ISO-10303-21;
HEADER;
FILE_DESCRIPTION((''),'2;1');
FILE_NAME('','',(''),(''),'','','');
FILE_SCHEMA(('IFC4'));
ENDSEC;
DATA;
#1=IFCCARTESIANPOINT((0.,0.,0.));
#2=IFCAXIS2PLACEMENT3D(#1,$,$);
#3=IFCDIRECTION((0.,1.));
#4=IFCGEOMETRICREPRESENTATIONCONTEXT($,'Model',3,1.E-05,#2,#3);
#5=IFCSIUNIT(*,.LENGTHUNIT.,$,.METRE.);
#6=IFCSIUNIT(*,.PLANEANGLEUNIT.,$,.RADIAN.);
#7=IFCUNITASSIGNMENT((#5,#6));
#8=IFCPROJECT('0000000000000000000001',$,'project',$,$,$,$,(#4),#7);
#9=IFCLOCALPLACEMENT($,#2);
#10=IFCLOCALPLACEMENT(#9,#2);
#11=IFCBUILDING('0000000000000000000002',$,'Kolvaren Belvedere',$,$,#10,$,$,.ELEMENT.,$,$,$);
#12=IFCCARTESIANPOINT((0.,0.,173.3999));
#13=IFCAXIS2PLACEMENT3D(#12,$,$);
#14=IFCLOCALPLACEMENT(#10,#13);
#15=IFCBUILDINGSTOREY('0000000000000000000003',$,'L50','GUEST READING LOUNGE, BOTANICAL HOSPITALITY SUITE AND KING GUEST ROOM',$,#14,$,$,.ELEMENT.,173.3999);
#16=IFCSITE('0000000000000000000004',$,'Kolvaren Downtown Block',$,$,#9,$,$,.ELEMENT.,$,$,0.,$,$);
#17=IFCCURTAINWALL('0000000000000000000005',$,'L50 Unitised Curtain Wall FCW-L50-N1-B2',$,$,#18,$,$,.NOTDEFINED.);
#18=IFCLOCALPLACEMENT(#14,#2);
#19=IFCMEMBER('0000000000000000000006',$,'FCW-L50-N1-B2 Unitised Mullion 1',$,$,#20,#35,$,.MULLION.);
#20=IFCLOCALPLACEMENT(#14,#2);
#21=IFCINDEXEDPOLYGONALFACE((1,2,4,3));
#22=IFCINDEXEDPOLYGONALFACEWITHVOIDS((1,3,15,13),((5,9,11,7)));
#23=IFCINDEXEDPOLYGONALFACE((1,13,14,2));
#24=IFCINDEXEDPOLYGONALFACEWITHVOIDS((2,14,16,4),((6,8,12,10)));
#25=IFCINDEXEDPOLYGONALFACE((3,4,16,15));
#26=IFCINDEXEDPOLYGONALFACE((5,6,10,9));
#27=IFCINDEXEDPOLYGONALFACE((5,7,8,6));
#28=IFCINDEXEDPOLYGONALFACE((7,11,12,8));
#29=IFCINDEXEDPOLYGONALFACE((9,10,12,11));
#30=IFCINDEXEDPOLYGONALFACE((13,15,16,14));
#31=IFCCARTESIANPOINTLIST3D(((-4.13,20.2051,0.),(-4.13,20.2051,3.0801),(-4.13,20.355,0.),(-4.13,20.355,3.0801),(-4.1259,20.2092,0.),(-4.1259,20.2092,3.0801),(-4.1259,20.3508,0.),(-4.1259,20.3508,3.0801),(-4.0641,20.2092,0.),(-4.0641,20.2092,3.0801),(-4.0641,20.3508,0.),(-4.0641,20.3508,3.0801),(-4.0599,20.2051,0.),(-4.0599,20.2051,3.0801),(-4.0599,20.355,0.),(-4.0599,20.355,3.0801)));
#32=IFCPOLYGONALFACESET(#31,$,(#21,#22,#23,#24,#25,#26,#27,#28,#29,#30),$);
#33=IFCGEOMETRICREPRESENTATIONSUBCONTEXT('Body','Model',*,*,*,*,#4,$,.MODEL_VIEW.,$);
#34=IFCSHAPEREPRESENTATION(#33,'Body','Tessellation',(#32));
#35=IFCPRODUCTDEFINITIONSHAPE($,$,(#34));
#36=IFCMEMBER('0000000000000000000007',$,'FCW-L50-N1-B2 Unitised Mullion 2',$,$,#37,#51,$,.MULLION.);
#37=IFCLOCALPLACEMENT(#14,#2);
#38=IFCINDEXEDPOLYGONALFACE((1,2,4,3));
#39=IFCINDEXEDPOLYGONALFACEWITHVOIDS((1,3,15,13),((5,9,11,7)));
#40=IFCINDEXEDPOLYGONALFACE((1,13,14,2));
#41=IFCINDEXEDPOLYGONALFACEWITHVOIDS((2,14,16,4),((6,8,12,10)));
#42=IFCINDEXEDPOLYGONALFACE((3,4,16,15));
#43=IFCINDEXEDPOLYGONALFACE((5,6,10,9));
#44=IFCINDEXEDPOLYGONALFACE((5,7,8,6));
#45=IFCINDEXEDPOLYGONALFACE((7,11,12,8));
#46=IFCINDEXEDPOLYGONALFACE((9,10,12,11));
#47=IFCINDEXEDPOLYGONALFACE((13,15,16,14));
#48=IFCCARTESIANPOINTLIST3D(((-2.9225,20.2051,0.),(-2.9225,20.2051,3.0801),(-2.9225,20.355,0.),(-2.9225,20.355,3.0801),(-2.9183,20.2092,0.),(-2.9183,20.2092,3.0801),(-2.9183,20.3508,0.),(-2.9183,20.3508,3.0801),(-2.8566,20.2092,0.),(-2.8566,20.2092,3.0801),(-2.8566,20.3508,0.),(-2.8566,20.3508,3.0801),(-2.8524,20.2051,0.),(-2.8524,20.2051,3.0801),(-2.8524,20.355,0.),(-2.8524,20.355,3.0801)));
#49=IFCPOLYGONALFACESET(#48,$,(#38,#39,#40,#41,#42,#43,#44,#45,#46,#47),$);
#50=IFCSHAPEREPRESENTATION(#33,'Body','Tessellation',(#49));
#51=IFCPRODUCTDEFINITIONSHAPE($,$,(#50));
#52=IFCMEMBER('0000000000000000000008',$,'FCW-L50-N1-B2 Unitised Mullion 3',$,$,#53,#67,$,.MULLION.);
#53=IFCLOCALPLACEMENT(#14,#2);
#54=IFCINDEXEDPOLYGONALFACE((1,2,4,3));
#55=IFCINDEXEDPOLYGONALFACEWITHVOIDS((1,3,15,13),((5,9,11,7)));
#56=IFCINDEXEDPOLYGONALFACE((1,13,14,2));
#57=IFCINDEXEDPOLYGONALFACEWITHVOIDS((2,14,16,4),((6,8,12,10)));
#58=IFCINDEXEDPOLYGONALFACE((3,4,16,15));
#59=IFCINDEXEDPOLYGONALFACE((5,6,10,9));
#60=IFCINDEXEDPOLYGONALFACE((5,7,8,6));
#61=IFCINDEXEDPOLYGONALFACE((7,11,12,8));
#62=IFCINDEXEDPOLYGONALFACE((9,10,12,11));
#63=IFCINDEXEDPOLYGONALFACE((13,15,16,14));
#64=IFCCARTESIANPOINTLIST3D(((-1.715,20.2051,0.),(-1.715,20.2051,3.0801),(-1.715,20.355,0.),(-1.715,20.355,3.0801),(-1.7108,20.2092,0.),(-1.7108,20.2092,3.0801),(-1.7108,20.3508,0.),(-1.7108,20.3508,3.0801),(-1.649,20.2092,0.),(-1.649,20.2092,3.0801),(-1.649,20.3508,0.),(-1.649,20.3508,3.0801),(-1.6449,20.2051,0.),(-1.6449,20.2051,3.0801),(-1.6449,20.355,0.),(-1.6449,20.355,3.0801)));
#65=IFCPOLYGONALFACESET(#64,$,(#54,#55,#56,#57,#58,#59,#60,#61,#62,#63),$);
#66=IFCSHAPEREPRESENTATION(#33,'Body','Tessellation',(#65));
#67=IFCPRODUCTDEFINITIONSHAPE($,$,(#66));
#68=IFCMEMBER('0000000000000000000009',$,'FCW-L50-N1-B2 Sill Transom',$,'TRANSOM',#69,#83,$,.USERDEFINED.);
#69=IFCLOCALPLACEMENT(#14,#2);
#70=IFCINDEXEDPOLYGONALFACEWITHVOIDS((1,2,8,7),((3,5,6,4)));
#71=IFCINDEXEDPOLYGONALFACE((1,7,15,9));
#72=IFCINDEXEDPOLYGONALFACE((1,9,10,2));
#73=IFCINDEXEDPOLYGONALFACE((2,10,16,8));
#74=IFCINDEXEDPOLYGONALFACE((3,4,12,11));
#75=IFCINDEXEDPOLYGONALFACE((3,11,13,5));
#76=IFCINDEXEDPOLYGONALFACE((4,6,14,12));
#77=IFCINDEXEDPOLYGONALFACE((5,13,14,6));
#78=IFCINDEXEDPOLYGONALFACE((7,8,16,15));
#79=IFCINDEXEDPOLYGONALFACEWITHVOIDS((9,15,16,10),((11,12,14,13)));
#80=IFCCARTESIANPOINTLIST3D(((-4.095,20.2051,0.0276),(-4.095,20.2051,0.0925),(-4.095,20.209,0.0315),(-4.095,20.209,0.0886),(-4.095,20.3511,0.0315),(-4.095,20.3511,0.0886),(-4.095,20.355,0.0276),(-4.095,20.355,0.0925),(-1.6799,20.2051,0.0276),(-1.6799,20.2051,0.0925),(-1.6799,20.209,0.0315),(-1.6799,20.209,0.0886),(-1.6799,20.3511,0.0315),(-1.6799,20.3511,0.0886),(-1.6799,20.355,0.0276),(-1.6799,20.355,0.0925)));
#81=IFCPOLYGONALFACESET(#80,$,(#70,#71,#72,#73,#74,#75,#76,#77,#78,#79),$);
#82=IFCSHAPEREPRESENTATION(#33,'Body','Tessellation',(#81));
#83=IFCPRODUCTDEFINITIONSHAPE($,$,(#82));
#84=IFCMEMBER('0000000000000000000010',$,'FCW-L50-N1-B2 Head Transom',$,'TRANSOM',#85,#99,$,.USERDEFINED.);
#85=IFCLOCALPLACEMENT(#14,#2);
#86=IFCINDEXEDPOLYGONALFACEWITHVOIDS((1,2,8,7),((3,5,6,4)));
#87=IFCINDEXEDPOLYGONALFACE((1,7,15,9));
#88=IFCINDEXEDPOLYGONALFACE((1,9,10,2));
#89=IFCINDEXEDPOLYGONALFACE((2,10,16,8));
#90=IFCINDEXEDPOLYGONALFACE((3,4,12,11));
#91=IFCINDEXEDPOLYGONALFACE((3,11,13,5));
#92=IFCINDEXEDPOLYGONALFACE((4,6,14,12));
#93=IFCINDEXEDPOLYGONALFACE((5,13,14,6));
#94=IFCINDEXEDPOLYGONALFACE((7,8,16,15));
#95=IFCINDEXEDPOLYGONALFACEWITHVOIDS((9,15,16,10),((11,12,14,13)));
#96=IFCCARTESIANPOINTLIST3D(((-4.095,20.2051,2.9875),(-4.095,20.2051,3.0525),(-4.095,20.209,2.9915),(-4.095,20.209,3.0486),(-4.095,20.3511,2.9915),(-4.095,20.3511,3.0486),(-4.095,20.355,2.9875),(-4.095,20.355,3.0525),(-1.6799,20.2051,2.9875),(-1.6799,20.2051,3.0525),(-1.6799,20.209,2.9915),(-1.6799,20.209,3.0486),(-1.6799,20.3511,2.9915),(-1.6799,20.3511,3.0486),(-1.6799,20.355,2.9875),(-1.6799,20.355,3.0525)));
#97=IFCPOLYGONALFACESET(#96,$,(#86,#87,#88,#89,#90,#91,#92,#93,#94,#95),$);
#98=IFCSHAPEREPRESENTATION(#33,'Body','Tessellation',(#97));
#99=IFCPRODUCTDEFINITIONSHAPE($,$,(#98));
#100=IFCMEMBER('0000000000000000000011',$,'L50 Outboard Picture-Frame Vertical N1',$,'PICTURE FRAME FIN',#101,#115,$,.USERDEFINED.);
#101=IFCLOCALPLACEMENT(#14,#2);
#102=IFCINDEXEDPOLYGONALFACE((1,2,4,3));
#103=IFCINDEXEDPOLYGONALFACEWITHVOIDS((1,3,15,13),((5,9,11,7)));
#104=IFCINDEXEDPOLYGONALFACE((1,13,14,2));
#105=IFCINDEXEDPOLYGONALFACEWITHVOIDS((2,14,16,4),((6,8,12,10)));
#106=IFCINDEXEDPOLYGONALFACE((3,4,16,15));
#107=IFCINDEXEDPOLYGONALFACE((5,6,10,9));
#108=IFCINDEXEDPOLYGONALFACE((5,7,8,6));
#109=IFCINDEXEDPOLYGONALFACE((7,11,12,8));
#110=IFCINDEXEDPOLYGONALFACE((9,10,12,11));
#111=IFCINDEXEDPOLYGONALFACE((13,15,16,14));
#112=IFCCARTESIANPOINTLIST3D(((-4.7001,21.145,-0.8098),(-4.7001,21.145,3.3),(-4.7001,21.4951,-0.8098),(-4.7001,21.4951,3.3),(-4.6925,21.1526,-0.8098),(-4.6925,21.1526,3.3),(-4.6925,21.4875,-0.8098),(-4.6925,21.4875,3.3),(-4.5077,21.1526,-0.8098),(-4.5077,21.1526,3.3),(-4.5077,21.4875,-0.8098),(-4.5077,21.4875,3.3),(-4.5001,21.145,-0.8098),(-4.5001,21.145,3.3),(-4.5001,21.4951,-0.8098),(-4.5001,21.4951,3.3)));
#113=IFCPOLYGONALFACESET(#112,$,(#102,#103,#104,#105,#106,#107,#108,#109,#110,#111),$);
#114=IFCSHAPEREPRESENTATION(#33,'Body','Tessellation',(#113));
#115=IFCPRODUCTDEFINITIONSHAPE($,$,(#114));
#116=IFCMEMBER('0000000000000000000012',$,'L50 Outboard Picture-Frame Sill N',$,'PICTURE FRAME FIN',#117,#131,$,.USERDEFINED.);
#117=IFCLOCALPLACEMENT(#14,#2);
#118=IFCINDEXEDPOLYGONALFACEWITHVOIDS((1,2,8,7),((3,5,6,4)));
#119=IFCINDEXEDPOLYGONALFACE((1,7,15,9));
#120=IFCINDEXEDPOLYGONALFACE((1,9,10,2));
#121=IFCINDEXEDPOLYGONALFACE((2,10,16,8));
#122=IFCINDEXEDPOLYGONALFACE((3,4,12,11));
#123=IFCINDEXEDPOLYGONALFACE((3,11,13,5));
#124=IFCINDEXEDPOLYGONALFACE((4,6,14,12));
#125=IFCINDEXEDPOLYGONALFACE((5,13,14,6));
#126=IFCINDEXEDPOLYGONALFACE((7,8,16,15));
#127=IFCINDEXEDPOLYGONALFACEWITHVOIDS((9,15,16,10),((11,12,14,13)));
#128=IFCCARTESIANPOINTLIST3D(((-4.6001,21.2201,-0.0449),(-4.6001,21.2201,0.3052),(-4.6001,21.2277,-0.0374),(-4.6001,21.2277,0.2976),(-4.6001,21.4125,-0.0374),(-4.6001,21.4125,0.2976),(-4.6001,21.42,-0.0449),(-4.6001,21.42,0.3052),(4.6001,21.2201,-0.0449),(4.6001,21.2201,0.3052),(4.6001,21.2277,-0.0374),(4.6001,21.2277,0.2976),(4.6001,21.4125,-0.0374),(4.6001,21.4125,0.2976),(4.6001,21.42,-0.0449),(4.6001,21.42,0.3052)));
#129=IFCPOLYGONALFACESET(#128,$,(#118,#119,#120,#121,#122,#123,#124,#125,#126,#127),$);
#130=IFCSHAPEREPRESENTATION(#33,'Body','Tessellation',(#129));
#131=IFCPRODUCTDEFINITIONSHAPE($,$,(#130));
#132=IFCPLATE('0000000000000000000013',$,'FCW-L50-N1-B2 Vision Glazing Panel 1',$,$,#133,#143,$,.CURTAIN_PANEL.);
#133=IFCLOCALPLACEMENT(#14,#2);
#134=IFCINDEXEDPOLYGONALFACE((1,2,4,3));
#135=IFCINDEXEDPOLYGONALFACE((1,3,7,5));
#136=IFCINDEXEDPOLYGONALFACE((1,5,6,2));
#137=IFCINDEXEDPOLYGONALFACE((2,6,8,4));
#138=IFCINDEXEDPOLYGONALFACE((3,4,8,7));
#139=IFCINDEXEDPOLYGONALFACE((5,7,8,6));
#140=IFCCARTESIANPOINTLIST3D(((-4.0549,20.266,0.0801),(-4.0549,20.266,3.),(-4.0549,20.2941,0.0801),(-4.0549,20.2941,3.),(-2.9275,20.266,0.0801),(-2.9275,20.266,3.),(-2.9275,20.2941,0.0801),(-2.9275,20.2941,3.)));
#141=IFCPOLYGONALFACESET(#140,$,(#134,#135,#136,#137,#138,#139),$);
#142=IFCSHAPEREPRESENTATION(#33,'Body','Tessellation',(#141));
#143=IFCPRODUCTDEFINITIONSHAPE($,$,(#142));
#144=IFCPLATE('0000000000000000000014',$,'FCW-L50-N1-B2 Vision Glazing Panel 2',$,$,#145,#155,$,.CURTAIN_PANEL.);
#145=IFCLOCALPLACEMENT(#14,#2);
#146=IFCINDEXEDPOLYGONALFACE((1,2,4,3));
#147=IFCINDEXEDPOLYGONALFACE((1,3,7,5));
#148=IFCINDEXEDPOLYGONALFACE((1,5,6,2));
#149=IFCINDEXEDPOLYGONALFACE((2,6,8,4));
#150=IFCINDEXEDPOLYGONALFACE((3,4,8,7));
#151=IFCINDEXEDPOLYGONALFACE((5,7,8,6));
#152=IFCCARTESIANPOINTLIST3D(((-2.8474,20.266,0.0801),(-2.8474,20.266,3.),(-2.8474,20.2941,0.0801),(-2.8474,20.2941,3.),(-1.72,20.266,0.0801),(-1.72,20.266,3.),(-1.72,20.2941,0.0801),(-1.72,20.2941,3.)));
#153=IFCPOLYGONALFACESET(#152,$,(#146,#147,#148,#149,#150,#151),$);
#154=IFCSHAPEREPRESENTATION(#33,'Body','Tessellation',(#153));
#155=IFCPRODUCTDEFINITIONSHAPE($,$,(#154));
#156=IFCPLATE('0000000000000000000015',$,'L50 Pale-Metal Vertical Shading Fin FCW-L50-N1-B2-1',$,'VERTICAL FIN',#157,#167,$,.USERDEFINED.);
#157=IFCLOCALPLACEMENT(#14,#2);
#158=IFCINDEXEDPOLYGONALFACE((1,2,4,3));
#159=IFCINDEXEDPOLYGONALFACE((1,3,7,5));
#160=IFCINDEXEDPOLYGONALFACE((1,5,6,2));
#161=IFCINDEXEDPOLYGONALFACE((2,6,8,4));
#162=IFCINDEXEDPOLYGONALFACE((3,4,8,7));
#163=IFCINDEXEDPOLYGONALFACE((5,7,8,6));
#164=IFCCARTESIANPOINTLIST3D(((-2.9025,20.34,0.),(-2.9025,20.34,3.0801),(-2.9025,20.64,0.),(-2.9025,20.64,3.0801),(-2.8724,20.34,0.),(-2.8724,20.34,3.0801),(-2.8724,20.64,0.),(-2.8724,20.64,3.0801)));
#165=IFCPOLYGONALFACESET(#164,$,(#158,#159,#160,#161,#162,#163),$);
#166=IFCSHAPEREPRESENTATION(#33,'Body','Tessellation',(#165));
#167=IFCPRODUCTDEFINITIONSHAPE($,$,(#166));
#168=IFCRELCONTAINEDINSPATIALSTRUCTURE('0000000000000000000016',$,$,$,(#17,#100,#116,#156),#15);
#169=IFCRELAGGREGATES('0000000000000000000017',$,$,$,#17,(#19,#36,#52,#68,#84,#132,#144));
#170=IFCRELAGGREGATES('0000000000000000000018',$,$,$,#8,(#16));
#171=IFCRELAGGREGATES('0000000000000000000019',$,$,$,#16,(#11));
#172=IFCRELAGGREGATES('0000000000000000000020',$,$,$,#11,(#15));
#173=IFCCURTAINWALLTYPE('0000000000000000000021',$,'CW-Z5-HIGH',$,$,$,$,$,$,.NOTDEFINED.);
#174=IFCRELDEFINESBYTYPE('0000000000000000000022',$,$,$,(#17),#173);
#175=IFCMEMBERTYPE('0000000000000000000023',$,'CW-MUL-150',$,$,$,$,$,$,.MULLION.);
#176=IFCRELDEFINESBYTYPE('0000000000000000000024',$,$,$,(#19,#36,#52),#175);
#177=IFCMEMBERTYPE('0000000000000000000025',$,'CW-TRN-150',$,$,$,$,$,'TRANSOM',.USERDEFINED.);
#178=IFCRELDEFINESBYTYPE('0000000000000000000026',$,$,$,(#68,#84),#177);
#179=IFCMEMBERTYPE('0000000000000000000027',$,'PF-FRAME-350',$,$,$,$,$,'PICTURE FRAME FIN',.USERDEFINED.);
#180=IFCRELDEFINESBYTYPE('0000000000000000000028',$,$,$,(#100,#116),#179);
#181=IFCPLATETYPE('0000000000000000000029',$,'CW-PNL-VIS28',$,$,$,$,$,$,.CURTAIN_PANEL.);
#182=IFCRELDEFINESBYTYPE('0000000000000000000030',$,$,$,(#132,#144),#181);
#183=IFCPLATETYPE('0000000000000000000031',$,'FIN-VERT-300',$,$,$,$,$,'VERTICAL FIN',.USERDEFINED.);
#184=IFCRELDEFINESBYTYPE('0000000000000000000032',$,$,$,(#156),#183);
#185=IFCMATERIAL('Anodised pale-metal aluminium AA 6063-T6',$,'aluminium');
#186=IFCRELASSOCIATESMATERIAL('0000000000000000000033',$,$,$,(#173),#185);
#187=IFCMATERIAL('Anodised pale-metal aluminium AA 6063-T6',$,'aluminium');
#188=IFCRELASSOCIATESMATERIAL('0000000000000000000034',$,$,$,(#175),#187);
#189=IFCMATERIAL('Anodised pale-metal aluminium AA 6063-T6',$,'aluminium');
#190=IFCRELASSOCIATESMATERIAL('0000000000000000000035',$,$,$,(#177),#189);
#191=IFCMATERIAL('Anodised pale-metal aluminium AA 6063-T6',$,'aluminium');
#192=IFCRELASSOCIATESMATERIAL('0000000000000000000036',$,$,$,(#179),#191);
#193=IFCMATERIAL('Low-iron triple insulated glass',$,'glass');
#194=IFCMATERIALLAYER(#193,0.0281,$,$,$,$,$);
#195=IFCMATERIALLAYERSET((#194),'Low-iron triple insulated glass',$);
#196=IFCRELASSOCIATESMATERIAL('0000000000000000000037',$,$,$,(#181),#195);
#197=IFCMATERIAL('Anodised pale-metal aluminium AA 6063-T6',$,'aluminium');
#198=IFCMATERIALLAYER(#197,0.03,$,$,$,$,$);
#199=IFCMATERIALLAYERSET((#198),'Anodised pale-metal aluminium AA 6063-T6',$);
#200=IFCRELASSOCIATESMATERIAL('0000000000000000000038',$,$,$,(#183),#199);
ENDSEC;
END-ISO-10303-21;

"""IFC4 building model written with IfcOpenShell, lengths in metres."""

from ifc_helpers import new_model, si_unit, direction, frame, origin, origin_2d, place, context, subcontext, project, spatial, rectangle, hollow_rectangle, extrude, material, layer, layer_set, material_profile, profile_set, type_object, element, aggregate, save


model = new_model("IFC4")

# Units and contexts
model_context = context("Model", 3, precision=1e-05, world=origin(), true_north=direction((0.0, 1.0)))
body_context = subcontext(model_context, "Body", "Model", "MODEL_VIEW")
ifc_project = project(units=[si_unit("LENGTHUNIT", "METRE"), si_unit("PLANEANGLEUNIT", "RADIAN")], contexts=[model_context])

# Site, building, storey
site_placement = place(None, origin())
site = spatial("IfcSite", under=ifc_project, at=site_placement, Name="Kolvaren Downtown Block", CompositionType="ELEMENT", RefElevation=0.0)
building_placement = place(site_placement, origin())
building = spatial("IfcBuilding", under=site, at=building_placement, Name="Kolvaren Belvedere", CompositionType="ELEMENT")
storey_placement = place(building_placement, frame((0.0, 0.0, 173.3999)))
storey = spatial("IfcBuildingStorey", under=building, at=storey_placement, Name="L50", Description="GUEST READING LOUNGE, BOTANICAL HOSPITALITY SUITE AND KING GUEST ROOM", CompositionType="ELEMENT", Elevation=173.3999)

# Shared definitions
ifc_material_1 = material(Name="Anodised pale-metal aluminium AA 6063-T6", Category="aluminium")
curtain_wall_type = type_object("IfcCurtainWallType", Name="CW-Z5-HIGH", PredefinedType="NOTDEFINED", material=ifc_material_1)
ifc_material_2 = material(Name="Anodised pale-metal aluminium AA 6063-T6", Category="aluminium")
ifc_material_profile_1 = material_profile(ifc_material_2, hollow_rectangle(XDim=0.0701, YDim=0.1499, WallThickness=0.0042, at=origin_2d()), Name="ALU-MUL-150X70")
ifc_profile_set_1 = profile_set([ifc_material_profile_1], Name="Anodised pale-metal aluminium AA 6063-T6")
member_type_1 = type_object("IfcMemberType", Name="CW-MUL-150", PredefinedType="MULLION", material=ifc_profile_set_1)

# Curtain wall, members
curtain_wall_1_placement = place(storey_placement, origin())
curtain_wall_1 = element("IfcCurtainWall", 1, at=curtain_wall_1_placement, inside=storey, type_object=curtain_wall_type, Name="L50 Unitised Curtain Wall FCW-L50-N1-B2", PredefinedType="NOTDEFINED")
member_1_placement = place(storey_placement, frame((-4.095, 20.28, 0.0), z_axis=(0.0, 0.0, 1.0), x_axis=(1.0, 0.0, 0.0)))
member_1 = element("IfcMember", 2, at=member_1_placement, type_object=member_type_1, Name="FCW-L50-N1-B2 Unitised Mullion 1", PredefinedType="MULLION", context=body_context, shape_type="SweptSolid", body=[
    extrude(hollow_rectangle(XDim=0.0701, YDim=0.1499, WallThickness=0.0042, at=origin_2d()), origin(), (0.0, 0.0, 1.0), 3.0801),
])
member_2_placement = place(storey_placement, frame((-2.8875, 20.28, 0.0), z_axis=(0.0, 0.0, 1.0), x_axis=(1.0, 0.0, 0.0)))
member_2 = element("IfcMember", 3, at=member_2_placement, type_object=member_type_1, Name="FCW-L50-N1-B2 Unitised Mullion 2", PredefinedType="MULLION", context=body_context, shape_type="SweptSolid", body=[
    extrude(hollow_rectangle(XDim=0.0701, YDim=0.1499, WallThickness=0.0042, at=origin_2d()), origin(), (0.0, 0.0, 1.0), 3.0801),
])
member_3_placement = place(storey_placement, frame((-1.6799, 20.28, 0.0), z_axis=(0.0, 0.0, 1.0), x_axis=(1.0, 0.0, 0.0)))
member_3 = element("IfcMember", 4, at=member_3_placement, type_object=member_type_1, Name="FCW-L50-N1-B2 Unitised Mullion 3", PredefinedType="MULLION", context=body_context, shape_type="SweptSolid", body=[
    extrude(hollow_rectangle(XDim=0.0701, YDim=0.1499, WallThickness=0.0042, at=origin_2d()), origin(), (0.0, 0.0, 1.0), 3.0801),
])
ifc_material_3 = material(Name="Anodised pale-metal aluminium AA 6063-T6", Category="aluminium")
ifc_material_profile_2 = material_profile(ifc_material_3, hollow_rectangle(XDim=0.0649, YDim=0.1499, WallThickness=0.0039, at=origin_2d()), Name="ALU-TRN-150X65")
ifc_profile_set_2 = profile_set([ifc_material_profile_2], Name="Anodised pale-metal aluminium AA 6063-T6")
member_type_2 = type_object("IfcMemberType", Name="CW-TRN-150", ElementType="TRANSOM", PredefinedType="USERDEFINED", material=ifc_profile_set_2)
member_4_placement = place(storey_placement, frame((-4.095, 20.28, 0.0601), z_axis=(1.0, 0.0, 0.0), x_axis=(0.0, 0.0, 1.0)))
member_4 = element("IfcMember", 5, at=member_4_placement, type_object=member_type_2, Name="FCW-L50-N1-B2 Sill Transom", ObjectType="TRANSOM", PredefinedType="USERDEFINED", context=body_context, shape_type="SweptSolid", body=[
    extrude(hollow_rectangle(XDim=0.0649, YDim=0.1499, WallThickness=0.0039, at=origin_2d()), origin(), (0.0, 0.0, 1.0), 2.415),
])
member_5_placement = place(storey_placement, frame((-4.095, 20.28, 3.02), z_axis=(1.0, 0.0, 0.0), x_axis=(0.0, 0.0, 1.0)))
member_5 = element("IfcMember", 6, at=member_5_placement, type_object=member_type_2, Name="FCW-L50-N1-B2 Head Transom", ObjectType="TRANSOM", PredefinedType="USERDEFINED", context=body_context, shape_type="SweptSolid", body=[
    extrude(hollow_rectangle(XDim=0.0649, YDim=0.1499, WallThickness=0.0039, at=origin_2d()), origin(), (0.0, 0.0, 1.0), 2.415),
])

# Members
ifc_material_4 = material(Name="Anodised pale-metal aluminium AA 6063-T6", Category="aluminium")
ifc_material_profile_3 = material_profile(ifc_material_4, hollow_rectangle(XDim=0.2, YDim=0.3501, WallThickness=0.0076, at=origin_2d()), Name="ALU-PF-350X200")
ifc_profile_set_3 = profile_set([ifc_material_profile_3], Name="Anodised pale-metal aluminium AA 6063-T6")
member_type_3 = type_object("IfcMemberType", Name="PF-FRAME-350", ElementType="PICTURE FRAME FIN", PredefinedType="USERDEFINED", material=ifc_profile_set_3)
member_6_placement = place(storey_placement, frame((-4.6001, 21.3201, -0.8098), z_axis=(0.0, 0.0, 1.0), x_axis=(1.0, 0.0, 0.0)))
element("IfcMember", 7, at=member_6_placement, inside=storey, type_object=member_type_3, Name="L50 Outboard Picture-Frame Vertical N1", ObjectType="PICTURE FRAME FIN", PredefinedType="USERDEFINED", context=body_context, shape_type="SweptSolid", body=[
    extrude(hollow_rectangle(XDim=0.2, YDim=0.3501, WallThickness=0.0076, at=origin_2d()), origin(), (0.0, 0.0, 1.0), 4.1099),
])
member_7_placement = place(storey_placement, frame((-4.6001, 21.3201, 0.1301), z_axis=(1.0, 0.0, 0.0), x_axis=(0.0, 1.0, 0.0)))
element("IfcMember", 8, at=member_7_placement, inside=storey, type_object=member_type_3, Name="L50 Outboard Picture-Frame Sill N", ObjectType="PICTURE FRAME FIN", PredefinedType="USERDEFINED", context=body_context, shape_type="SweptSolid", body=[
    extrude(hollow_rectangle(XDim=0.2, YDim=0.3501, WallThickness=0.0076, at=origin_2d()), origin(), (0.0, 0.0, 1.0), 9.2002),
])

# Plates
ifc_material_5 = material(Name="Low-iron triple insulated glass", Category="glass")
ifc_layer_1 = layer(ifc_material_5, 0.0281)
ifc_layer_set_1 = layer_set([ifc_layer_1], Name="Low-iron triple insulated glass")
plate_type_1 = type_object("IfcPlateType", Name="CW-PNL-VIS28", PredefinedType="CURTAIN_PANEL", material=ifc_layer_set_1)
plate_1_placement = place(storey_placement, frame((-3.4912, 20.28, 0.0801), z_axis=(0.0, 0.0, 1.0), x_axis=(1.0, 0.0, 0.0)))
plate_1 = element("IfcPlate", 9, at=plate_1_placement, type_object=plate_type_1, Name="FCW-L50-N1-B2 Vision Glazing Panel 1", PredefinedType="CURTAIN_PANEL", context=body_context, shape_type="SweptSolid", body=[
    extrude(rectangle(XDim=1.1274, YDim=0.0281, at=origin_2d()), origin(), (0.0, 0.0, 1.0), 2.9199),
])
plate_2_placement = place(storey_placement, frame((-2.2837, 20.28, 0.0801), z_axis=(0.0, 0.0, 1.0), x_axis=(1.0, 0.0, 0.0)))
plate_2 = element("IfcPlate", 10, at=plate_2_placement, type_object=plate_type_1, Name="FCW-L50-N1-B2 Vision Glazing Panel 2", PredefinedType="CURTAIN_PANEL", context=body_context, shape_type="SweptSolid", body=[
    extrude(rectangle(XDim=1.1274, YDim=0.0281, at=origin_2d()), origin(), (0.0, 0.0, 1.0), 2.9199),
])
aggregate(curtain_wall_1, [member_1, member_2, member_3, member_4, member_5, plate_1, plate_2])
ifc_material_6 = material(Name="Anodised pale-metal aluminium AA 6063-T6", Category="aluminium")
ifc_layer_2 = layer(ifc_material_6, 0.03)
ifc_layer_set_2 = layer_set([ifc_layer_2], Name="Anodised pale-metal aluminium AA 6063-T6")
plate_type_2 = type_object("IfcPlateType", Name="FIN-VERT-300", ElementType="VERTICAL FIN", PredefinedType="USERDEFINED", material=ifc_layer_set_2)
plate_3_placement = place(storey_placement, frame((-2.8875, 20.49, 0.0), z_axis=(0.0, 0.0, 1.0), x_axis=(0.0, 1.0, 0.0)))
element("IfcPlate", 11, at=plate_3_placement, inside=storey, type_object=plate_type_2, Name="L50 Pale-Metal Vertical Shading Fin FCW-L50-N1-B2-1", ObjectType="VERTICAL FIN", PredefinedType="USERDEFINED", context=body_context, shape_type="SweptSolid", body=[
    extrude(rectangle(XDim=0.3, YDim=0.03, at=origin_2d()), origin(), (0.0, 0.0, 1.0), 3.0801),
])

save(model, "model.ifc")
